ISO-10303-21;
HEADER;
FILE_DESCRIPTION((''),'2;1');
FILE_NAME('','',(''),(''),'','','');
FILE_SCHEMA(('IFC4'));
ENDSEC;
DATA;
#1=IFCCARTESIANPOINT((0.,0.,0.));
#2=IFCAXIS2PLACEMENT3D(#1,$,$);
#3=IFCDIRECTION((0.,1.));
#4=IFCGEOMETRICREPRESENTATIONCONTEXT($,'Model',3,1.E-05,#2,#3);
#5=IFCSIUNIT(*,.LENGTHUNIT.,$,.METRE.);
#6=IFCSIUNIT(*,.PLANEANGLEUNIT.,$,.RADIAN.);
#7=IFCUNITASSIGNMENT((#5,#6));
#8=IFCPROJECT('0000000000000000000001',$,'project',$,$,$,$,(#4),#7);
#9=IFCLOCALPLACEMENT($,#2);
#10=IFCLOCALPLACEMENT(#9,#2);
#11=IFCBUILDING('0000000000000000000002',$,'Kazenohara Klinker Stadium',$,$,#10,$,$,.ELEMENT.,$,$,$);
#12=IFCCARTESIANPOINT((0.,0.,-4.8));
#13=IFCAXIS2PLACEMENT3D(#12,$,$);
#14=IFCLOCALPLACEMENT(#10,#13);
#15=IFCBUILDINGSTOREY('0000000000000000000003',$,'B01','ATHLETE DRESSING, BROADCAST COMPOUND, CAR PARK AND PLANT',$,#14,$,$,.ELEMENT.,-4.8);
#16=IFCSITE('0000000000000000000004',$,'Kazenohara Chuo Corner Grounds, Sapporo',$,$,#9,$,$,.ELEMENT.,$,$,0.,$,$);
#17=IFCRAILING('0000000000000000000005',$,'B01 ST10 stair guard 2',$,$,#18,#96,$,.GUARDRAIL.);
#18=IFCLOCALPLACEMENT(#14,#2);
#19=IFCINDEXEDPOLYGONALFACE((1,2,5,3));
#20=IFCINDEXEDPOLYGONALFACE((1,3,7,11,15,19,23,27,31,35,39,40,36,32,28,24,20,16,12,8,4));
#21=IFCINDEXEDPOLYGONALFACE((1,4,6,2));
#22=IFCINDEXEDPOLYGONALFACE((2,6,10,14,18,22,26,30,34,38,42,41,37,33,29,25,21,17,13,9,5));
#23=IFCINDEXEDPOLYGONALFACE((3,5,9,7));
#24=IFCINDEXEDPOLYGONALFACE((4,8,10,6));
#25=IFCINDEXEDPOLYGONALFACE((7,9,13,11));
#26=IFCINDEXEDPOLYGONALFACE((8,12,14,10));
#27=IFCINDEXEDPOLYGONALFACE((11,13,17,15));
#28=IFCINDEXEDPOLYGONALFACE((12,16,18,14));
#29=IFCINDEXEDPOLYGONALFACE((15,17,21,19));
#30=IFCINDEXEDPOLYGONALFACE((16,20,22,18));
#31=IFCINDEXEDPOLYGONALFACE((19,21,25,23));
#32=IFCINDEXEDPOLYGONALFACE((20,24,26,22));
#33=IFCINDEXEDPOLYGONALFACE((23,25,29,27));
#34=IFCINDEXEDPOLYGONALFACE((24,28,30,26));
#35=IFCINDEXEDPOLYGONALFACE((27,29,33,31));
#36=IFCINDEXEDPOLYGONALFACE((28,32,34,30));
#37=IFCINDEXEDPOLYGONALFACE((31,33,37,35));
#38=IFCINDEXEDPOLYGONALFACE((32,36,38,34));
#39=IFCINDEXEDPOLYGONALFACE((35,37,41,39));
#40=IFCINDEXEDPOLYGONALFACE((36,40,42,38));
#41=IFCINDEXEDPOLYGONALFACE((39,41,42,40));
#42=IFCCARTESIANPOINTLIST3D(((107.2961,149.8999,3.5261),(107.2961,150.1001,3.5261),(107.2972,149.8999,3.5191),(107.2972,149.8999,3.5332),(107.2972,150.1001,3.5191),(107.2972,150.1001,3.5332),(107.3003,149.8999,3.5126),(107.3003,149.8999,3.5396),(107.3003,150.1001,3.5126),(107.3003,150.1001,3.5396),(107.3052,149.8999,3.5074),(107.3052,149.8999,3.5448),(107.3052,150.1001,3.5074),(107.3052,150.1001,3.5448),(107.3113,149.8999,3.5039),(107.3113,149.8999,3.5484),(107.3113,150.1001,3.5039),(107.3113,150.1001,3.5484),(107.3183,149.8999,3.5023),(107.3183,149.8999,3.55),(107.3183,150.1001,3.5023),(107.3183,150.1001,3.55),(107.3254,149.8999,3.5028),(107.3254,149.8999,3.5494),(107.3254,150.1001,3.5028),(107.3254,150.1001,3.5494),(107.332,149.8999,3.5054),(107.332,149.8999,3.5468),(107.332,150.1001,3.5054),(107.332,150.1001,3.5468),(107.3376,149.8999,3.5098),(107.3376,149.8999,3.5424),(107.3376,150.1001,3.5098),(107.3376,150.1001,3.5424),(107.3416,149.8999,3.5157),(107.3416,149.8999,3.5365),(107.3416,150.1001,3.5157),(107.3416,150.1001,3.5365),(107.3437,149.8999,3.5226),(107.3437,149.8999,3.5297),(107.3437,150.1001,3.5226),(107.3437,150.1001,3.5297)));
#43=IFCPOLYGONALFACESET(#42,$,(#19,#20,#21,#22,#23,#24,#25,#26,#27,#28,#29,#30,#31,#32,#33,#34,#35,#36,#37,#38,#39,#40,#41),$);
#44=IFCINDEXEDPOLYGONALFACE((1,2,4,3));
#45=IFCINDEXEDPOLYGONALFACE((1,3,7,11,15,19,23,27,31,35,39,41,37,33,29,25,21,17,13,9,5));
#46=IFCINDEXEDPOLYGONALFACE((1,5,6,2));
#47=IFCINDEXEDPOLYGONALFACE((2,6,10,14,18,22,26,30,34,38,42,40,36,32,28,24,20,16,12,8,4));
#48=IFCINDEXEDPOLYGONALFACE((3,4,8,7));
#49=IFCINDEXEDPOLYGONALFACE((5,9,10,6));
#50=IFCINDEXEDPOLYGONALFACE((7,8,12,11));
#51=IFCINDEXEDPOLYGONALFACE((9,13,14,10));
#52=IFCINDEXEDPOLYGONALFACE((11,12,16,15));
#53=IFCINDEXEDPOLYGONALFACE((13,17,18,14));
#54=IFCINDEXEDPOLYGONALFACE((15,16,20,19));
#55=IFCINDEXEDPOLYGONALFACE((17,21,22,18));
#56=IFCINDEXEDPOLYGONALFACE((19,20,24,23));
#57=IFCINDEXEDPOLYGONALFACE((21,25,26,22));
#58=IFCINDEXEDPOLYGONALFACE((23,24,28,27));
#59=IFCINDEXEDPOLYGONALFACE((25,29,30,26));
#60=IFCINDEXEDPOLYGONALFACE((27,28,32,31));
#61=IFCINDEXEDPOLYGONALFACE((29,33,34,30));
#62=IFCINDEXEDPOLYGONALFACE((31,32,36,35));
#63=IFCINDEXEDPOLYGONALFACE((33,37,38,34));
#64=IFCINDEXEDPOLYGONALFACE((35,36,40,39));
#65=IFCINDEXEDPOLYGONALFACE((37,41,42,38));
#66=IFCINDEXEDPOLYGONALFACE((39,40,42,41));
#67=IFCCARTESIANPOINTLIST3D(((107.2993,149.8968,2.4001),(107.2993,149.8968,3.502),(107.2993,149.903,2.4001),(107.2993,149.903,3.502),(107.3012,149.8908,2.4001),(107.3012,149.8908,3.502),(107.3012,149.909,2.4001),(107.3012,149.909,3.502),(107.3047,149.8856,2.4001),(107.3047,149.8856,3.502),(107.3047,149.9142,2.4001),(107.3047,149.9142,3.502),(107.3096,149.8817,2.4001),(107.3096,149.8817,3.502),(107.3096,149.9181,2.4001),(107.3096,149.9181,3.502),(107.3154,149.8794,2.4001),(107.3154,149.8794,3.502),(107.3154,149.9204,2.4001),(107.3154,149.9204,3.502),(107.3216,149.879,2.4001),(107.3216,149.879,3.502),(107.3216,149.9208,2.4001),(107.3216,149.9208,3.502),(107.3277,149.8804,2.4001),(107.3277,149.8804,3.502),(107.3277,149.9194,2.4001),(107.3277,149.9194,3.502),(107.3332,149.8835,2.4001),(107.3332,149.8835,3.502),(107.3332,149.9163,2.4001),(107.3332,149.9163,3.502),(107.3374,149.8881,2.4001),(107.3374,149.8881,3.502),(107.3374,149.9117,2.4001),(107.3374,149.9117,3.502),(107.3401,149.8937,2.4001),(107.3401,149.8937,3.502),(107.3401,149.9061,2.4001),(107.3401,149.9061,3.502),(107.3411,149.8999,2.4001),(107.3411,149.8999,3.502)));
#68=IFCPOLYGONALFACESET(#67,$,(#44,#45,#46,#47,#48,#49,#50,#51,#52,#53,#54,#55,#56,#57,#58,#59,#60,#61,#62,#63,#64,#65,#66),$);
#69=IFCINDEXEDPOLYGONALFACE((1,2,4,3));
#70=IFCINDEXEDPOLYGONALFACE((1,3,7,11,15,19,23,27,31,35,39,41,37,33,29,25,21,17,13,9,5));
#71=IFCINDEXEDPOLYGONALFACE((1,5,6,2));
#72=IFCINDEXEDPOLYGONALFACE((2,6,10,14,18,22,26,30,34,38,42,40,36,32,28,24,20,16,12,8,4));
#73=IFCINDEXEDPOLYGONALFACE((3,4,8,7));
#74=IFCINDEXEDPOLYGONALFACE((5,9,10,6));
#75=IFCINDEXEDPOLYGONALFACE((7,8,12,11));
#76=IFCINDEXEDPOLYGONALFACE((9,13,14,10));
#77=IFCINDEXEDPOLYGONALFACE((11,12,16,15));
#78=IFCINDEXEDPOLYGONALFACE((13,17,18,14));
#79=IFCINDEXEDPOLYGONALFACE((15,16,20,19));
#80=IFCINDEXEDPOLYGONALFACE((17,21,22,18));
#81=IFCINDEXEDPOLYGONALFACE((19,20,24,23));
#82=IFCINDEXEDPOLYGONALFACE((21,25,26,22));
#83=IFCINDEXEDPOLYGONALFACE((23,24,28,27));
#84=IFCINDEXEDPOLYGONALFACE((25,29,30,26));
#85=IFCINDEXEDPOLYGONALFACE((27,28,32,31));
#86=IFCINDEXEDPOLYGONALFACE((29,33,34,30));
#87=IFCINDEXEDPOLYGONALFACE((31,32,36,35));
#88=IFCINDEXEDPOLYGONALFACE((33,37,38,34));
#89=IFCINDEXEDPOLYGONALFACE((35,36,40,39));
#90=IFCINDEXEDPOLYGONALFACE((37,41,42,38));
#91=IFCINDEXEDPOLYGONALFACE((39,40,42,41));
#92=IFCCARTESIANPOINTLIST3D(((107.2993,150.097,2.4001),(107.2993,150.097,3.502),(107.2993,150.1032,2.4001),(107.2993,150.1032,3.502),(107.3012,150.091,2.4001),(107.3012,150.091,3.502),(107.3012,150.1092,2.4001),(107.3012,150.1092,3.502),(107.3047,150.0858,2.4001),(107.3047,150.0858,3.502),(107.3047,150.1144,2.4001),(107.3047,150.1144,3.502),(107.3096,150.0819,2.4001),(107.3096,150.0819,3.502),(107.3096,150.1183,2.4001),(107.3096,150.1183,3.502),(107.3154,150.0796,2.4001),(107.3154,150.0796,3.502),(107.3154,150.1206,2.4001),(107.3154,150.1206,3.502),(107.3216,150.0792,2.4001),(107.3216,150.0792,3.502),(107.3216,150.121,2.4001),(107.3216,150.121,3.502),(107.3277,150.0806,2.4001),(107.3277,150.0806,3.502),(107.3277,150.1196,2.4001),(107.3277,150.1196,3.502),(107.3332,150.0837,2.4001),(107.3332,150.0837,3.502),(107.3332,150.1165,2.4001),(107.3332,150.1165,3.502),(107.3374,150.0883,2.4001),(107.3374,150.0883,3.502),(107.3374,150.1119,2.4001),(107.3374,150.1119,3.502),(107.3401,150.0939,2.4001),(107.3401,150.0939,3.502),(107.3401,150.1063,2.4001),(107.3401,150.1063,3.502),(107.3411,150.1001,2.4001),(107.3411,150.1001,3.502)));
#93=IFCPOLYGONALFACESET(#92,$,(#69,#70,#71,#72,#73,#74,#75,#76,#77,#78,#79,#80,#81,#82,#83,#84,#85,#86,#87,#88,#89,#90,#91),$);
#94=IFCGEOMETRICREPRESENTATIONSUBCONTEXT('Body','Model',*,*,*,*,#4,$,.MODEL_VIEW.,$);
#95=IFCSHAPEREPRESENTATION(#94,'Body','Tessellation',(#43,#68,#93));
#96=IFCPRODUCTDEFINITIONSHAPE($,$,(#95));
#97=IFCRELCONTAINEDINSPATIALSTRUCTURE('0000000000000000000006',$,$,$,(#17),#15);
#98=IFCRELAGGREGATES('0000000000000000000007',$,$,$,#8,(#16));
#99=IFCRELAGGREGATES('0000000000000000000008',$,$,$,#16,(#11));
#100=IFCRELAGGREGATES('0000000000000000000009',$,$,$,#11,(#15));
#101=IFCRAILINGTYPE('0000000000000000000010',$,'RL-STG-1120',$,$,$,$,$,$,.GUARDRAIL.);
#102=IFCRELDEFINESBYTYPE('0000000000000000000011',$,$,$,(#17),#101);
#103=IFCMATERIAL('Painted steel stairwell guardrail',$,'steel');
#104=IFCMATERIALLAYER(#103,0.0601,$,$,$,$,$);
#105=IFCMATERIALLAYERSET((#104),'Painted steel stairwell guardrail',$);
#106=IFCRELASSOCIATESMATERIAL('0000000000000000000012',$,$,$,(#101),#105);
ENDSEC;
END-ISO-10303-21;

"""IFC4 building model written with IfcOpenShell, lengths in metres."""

from ifc_helpers import new_model, si_unit, direction, frame, origin, origin_2d, place, context, subcontext, project, spatial, circle, extrude, material, layer, layer_set, type_object, element, save


model = new_model("IFC4")

# Units and contexts
model_context = context("Model", 3, precision=1e-05, world=origin(), true_north=direction((0.0, 1.0)))
body_context = subcontext(model_context, "Body", "Model", "MODEL_VIEW")
ifc_project = project(units=[si_unit("LENGTHUNIT", "METRE"), si_unit("PLANEANGLEUNIT", "RADIAN")], contexts=[model_context])

# Site, building, storey
site_placement = place(None, origin())
site = spatial("IfcSite", under=ifc_project, at=site_placement, Name="Kazenohara Chuo Corner Grounds, Sapporo", CompositionType="ELEMENT", RefElevation=0.0)
building_placement = place(site_placement, origin())
building = spatial("IfcBuilding", under=site, at=building_placement, Name="Kazenohara Klinker Stadium", CompositionType="ELEMENT")
storey_placement = place(building_placement, frame((0.0, 0.0, -4.8)))
storey = spatial("IfcBuildingStorey", under=building, at=storey_placement, Name="B01", Description="ATHLETE DRESSING, BROADCAST COMPOUND, CAR PARK AND PLANT", CompositionType="ELEMENT", Elevation=-4.8)

# Railing
ifc_material_1 = material(Name="Painted steel stairwell guardrail", Category="steel")
ifc_layer_1 = layer(ifc_material_1, 0.0601)
ifc_layer_set_1 = layer_set([ifc_layer_1], Name="Painted steel stairwell guardrail")
railing_type_1 = type_object("IfcRailingType", Name="RL-STG-1120", PredefinedType="GUARDRAIL", material=ifc_layer_set_1)
railing_1_placement = place(storey_placement, frame((107.3201, 149.8999, 2.4001)))
element("IfcRailing", 1, at=railing_1_placement, inside=storey, type_object=railing_type_1, Name="B01 ST10 stair guard 2", PredefinedType="GUARDRAIL", context=body_context, shape_type="SweptSolid", body=[
    extrude(circle(Radius=0.0239, at=origin_2d()), frame((0.0, 0.0, 1.126), z_axis=(0.0, 1.0, 0.0), x_axis=(-1.0, 0.0, 0.0)), (0.0, 0.0, 1.0), 0.2002),
    extrude(circle(Radius=0.021, at=origin_2d()), origin(), (0.0, 0.0, 1.0), 1.1018),
    extrude(circle(Radius=0.021, at=origin_2d()), frame((0.0, 0.2002, 0.0)), (0.0, 0.0, 1.0), 1.1018),
])

save(model, "model.ifc")
